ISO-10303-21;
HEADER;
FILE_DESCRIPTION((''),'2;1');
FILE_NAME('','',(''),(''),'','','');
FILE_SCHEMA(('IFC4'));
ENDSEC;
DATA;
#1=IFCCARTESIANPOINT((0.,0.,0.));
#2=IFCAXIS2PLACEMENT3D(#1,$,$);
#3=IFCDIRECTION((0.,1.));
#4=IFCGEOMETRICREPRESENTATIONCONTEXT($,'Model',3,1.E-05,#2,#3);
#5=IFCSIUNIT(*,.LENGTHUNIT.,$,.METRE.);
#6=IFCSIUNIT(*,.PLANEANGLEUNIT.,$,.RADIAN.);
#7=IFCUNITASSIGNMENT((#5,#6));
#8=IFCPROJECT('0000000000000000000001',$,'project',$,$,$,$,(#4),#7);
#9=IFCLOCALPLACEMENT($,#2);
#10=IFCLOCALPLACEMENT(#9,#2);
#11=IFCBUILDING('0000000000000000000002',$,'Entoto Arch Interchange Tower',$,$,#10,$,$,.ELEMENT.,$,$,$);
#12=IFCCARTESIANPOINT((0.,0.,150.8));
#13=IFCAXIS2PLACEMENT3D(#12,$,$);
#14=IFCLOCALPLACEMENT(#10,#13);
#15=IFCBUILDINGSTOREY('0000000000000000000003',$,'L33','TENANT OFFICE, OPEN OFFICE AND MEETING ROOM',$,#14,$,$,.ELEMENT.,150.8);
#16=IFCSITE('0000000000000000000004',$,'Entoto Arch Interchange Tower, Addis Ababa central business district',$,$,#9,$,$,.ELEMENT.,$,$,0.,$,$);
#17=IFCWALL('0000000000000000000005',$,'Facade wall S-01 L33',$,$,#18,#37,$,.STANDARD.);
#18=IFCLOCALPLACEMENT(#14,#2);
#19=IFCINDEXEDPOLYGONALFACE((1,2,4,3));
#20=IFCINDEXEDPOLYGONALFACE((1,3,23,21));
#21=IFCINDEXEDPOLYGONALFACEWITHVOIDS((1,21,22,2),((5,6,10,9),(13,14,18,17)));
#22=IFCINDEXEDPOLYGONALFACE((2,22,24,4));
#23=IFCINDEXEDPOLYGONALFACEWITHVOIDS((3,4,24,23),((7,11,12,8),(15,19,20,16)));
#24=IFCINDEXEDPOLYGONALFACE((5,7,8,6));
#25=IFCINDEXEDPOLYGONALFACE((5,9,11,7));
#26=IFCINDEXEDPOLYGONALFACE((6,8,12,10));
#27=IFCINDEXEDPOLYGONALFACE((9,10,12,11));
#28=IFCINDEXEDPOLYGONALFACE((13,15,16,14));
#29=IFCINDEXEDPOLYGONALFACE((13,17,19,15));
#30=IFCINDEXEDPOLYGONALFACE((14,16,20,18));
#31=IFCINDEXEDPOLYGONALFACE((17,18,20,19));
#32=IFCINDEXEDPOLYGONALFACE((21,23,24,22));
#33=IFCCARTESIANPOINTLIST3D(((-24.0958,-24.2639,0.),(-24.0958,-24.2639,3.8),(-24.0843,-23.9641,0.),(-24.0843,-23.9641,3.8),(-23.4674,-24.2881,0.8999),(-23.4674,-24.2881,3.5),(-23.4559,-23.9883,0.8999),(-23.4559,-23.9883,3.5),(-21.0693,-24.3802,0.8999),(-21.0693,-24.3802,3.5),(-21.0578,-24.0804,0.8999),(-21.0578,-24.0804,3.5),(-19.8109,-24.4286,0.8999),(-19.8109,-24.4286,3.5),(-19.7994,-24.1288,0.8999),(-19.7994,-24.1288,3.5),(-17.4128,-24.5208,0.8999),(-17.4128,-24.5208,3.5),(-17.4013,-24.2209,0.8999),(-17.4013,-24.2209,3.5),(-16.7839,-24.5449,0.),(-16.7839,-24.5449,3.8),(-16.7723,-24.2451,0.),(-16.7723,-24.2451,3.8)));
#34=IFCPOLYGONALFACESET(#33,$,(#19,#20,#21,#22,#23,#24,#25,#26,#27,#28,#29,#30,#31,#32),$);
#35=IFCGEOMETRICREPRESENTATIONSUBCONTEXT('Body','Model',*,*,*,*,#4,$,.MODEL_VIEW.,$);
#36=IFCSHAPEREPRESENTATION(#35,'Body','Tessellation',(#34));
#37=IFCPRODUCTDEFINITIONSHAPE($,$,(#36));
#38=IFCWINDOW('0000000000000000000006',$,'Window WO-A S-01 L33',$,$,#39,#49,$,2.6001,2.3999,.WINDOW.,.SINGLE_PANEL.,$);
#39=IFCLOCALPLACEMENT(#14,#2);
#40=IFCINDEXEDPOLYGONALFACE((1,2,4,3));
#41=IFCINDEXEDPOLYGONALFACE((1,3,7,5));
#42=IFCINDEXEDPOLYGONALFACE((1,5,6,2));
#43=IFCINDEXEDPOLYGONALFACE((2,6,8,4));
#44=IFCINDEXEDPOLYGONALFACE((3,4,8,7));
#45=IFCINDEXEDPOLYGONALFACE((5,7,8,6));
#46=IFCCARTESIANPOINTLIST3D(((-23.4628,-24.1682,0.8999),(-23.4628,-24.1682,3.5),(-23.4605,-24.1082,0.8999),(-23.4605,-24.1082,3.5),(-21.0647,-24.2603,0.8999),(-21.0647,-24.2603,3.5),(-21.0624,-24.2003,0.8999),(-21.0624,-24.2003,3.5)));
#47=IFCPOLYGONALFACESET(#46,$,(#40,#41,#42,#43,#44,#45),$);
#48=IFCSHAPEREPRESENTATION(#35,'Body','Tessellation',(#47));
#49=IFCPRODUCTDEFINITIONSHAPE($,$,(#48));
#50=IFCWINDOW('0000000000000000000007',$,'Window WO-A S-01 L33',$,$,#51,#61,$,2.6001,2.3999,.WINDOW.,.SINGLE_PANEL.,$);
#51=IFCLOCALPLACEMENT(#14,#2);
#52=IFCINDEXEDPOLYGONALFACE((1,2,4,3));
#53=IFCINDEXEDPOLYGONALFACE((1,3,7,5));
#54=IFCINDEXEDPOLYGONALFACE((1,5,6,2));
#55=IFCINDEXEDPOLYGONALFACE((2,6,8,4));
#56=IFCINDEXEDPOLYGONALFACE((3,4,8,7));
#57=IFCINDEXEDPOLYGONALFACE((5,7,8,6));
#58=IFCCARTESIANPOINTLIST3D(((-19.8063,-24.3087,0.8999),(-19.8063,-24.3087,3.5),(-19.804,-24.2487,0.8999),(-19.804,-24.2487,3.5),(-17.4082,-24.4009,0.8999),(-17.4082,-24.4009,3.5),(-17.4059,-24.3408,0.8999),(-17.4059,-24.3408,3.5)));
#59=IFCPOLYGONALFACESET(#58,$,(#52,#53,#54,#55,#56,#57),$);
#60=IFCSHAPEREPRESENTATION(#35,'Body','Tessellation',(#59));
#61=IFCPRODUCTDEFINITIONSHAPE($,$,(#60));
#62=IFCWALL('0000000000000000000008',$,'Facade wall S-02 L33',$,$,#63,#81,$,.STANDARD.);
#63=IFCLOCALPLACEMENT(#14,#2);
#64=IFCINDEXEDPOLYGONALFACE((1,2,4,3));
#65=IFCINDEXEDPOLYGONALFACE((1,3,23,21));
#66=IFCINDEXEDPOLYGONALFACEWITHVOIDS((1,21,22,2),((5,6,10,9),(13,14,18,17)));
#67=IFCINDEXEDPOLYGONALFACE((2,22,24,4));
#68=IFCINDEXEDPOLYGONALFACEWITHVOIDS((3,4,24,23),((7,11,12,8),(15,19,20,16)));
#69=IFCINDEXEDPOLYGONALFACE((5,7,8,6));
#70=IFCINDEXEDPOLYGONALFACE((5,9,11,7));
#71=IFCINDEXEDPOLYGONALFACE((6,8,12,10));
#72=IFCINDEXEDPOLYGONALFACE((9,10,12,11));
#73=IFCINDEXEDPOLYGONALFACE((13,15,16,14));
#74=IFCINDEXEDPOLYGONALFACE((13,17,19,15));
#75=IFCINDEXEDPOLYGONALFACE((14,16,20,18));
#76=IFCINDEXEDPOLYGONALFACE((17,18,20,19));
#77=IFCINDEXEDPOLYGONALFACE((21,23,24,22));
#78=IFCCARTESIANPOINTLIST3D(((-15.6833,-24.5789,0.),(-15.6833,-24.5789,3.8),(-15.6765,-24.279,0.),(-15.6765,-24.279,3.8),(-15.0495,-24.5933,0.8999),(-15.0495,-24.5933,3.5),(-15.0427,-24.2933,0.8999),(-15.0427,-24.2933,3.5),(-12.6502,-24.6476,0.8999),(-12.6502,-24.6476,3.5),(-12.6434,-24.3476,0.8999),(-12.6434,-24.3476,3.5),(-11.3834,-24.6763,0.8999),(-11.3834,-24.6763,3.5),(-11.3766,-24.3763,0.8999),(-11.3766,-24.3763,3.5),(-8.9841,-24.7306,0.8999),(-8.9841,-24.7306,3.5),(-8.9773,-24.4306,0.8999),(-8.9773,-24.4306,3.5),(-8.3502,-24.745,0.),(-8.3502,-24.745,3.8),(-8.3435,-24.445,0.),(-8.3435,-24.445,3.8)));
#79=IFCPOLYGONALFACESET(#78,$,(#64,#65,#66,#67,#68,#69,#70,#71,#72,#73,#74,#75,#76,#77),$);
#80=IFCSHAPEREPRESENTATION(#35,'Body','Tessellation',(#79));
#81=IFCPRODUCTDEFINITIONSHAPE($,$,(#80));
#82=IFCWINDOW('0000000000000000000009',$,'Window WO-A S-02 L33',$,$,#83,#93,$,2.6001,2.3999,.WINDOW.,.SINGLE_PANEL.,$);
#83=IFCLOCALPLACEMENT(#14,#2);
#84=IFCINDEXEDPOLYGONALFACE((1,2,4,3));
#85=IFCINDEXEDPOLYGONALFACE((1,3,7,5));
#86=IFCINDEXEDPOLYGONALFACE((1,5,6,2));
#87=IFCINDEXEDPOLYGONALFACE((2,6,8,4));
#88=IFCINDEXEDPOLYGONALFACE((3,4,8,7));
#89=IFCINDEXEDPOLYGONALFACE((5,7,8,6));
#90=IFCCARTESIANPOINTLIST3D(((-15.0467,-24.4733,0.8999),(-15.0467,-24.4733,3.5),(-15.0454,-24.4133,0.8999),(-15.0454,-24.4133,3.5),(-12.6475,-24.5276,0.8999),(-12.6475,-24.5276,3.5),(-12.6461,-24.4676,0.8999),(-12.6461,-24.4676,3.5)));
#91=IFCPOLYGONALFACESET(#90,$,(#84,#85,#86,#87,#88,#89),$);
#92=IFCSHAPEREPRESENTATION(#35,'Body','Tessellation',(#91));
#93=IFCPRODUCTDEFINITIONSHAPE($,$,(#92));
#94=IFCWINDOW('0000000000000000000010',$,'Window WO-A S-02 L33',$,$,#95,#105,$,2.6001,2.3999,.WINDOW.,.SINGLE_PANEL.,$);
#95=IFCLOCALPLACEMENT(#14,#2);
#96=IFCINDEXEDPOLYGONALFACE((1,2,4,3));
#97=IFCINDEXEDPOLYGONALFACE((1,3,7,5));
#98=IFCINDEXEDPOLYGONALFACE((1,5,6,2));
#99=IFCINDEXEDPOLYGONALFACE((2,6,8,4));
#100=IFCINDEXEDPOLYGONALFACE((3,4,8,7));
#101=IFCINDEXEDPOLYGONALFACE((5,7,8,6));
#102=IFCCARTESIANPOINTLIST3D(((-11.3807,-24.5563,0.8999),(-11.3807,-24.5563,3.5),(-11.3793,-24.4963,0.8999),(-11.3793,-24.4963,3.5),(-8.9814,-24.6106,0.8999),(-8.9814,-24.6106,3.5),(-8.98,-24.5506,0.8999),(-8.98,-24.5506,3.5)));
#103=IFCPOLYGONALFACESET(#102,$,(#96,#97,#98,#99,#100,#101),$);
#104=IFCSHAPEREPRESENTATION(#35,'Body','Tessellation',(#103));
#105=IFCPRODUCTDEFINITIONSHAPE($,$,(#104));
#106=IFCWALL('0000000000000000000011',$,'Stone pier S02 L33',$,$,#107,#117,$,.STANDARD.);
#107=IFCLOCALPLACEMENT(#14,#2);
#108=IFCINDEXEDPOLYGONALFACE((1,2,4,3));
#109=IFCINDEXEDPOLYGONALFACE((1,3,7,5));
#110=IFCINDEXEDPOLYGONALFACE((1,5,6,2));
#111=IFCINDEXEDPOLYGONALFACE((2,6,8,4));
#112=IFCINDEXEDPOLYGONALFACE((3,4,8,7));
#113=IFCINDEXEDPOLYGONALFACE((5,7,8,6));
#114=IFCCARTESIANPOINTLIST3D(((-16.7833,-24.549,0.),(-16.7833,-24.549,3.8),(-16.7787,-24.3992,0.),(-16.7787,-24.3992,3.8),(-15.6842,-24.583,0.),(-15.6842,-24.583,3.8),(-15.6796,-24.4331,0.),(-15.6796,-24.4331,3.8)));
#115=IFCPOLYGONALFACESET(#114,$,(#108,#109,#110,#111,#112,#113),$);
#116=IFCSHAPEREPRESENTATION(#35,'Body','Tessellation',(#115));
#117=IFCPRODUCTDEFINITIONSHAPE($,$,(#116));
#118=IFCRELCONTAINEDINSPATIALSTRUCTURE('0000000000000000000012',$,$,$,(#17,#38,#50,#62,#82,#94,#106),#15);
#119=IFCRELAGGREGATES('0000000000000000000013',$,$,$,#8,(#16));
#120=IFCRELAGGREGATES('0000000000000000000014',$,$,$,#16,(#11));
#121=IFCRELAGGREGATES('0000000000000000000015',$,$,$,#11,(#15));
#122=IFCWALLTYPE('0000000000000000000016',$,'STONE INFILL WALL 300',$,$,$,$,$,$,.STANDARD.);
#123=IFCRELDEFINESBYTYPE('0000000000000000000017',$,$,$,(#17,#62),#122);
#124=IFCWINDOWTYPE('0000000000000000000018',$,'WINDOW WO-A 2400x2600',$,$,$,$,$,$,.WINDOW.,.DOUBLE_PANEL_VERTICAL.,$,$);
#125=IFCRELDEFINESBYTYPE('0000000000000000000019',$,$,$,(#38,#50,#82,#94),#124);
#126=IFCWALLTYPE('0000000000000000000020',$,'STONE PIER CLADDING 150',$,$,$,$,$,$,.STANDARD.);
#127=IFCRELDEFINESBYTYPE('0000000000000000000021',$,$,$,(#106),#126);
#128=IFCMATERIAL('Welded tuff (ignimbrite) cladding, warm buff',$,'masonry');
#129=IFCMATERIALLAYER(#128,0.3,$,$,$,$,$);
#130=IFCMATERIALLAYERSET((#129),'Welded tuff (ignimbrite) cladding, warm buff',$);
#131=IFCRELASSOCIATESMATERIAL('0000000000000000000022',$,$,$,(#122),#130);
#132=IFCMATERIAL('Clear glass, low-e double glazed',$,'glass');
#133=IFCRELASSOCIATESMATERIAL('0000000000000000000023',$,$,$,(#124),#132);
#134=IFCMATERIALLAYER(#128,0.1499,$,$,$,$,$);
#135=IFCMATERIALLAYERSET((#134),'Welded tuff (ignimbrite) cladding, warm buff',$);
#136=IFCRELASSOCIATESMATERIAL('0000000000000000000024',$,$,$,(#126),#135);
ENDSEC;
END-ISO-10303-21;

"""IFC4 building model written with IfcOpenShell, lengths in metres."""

from ifc_helpers import new_model, si_unit, direction, frame, frame_2d, origin, place, context, subcontext, project, spatial, rectangle, extrude, material, layer, layer_set, type_object, element, fill, save


model = new_model("IFC4")

# Units and contexts
model_context = context("Model", 3, precision=1e-05, world=origin(), true_north=direction((0.0, 1.0)))
body_context = subcontext(model_context, "Body", "Model", "MODEL_VIEW")
ifc_project = project(units=[si_unit("LENGTHUNIT", "METRE"), si_unit("PLANEANGLEUNIT", "RADIAN")], contexts=[model_context])

# Site, building, storey
site_placement = place(None, origin())
site = spatial("IfcSite", under=ifc_project, at=site_placement, Name="Entoto Arch Interchange Tower, Addis Ababa central business district", CompositionType="ELEMENT", RefElevation=0.0)
building_placement = place(site_placement, origin())
building = spatial("IfcBuilding", under=site, at=building_placement, Name="Entoto Arch Interchange Tower", CompositionType="ELEMENT")
storey_placement = place(building_placement, frame((0.0, 0.0, 150.8)))
storey = spatial("IfcBuildingStorey", under=building, at=storey_placement, Name="L33", Description="TENANT OFFICE, OPEN OFFICE AND MEETING ROOM", CompositionType="ELEMENT", Elevation=150.8)

# Walls, openings, windows
ifc_material_1 = material(Name="Welded tuff (ignimbrite) cladding, warm buff", Category="masonry")
ifc_layer_1 = layer(ifc_material_1, 0.3)
ifc_layer_set_1 = layer_set([ifc_layer_1], Name="Welded tuff (ignimbrite) cladding, warm buff")
wall_type_1 = type_object("IfcWallType", Name="STONE INFILL WALL 300", PredefinedType="STANDARD", material=ifc_layer_set_1)
wall_1_placement = place(storey_placement, frame((-24.0901, -24.114, 0.0), z_axis=(0.0, 0.0, 1.0), x_axis=(0.999262, -0.038402, 0.0)))
wall_1 = element("IfcWall", 1, at=wall_1_placement, inside=storey, type_object=wall_type_1, Name="Facade wall S-01 L33", PredefinedType="STANDARD", context=body_context, shape_type="SweptSolid", body=[
    extrude(rectangle(XDim=7.3174, YDim=0.3, at=frame_2d((3.6587, 0.0))), origin(), (0.0, 0.0, 1.0), 3.8),
])
opening_1_placement = place(wall_1_placement, frame((0.6289, 0.0, 0.8999)))
opening_1 = element("IfcOpeningElement", 2, at=opening_1_placement, cuts=wall_1, PredefinedType="OPENING", context=body_context, shape_type="SweptSolid", body=[
    extrude(rectangle(XDim=2.3999, YDim=2.6001, at=frame_2d((1.2, 1.3))), frame((0.0, 0.1602, 0.0), z_axis=(0.0, -1.0, 0.0), x_axis=(1.0, 0.0, 0.0)), (0.0, 0.0, 1.0), 0.3201),
])
opening_2_placement = place(wall_1_placement, frame((4.2881, 0.0, 0.8999)))
opening_2 = element("IfcOpeningElement", 3, at=opening_2_placement, cuts=wall_1, PredefinedType="OPENING", context=body_context, shape_type="SweptSolid", body=[
    extrude(rectangle(XDim=2.3999, YDim=2.6001, at=frame_2d((1.2, 1.3))), frame((0.0, 0.1602, 0.0), z_axis=(0.0, -1.0, 0.0), x_axis=(1.0, 0.0, 0.0)), (0.0, 0.0, 1.0), 0.3201),
])
ifc_material_2 = material(Name="Clear glass, low-e double glazed", Category="glass")
window_type = type_object("IfcWindowType", Name="WINDOW WO-A 2400x2600", PartitioningType="DOUBLE_PANEL_VERTICAL", PredefinedType="WINDOW", material=ifc_material_2)
window_1_placement = place(opening_1_placement, origin())
window_1 = element("IfcWindow", 4, at=window_1_placement, inside=storey, type_object=window_type, Name="Window WO-A S-01 L33", OverallHeight=2.6001, OverallWidth=2.3999, PartitioningType="SINGLE_PANEL", PredefinedType="WINDOW", context=body_context, shape_type="SweptSolid", body=[
    extrude(rectangle(XDim=2.3999, YDim=2.6001, at=frame_2d((1.2, 1.3))), frame((0.0, 0.03, 0.0), z_axis=(0.0, -1.0, 0.0), x_axis=(1.0, 0.0, 0.0)), (0.0, 0.0, 1.0), 0.0601),
])
fill(opening_1, window_1)
window_2_placement = place(opening_2_placement, origin())
window_2 = element("IfcWindow", 5, at=window_2_placement, inside=storey, type_object=window_type, Name="Window WO-A S-01 L33", OverallHeight=2.6001, OverallWidth=2.3999, PartitioningType="SINGLE_PANEL", PredefinedType="WINDOW", context=body_context, shape_type="SweptSolid", body=[
    extrude(rectangle(XDim=2.3999, YDim=2.6001, at=frame_2d((1.2, 1.3))), frame((0.0, 0.03, 0.0), z_axis=(0.0, -1.0, 0.0), x_axis=(1.0, 0.0, 0.0)), (0.0, 0.0, 1.0), 0.0601),
])
fill(opening_2, window_2)
wall_2_placement = place(storey_placement, frame((-15.6799, -24.429, 0.0), z_axis=(0.0, 0.0, 1.0), x_axis=(0.999744, -0.022634, 0.0)))
wall_2 = element("IfcWall", 6, at=wall_2_placement, inside=storey, type_object=wall_type_1, Name="Facade wall S-02 L33", PredefinedType="STANDARD", context=body_context, shape_type="SweptSolid", body=[
    extrude(rectangle(XDim=7.335, YDim=0.3, at=frame_2d((3.6675, 0.0))), origin(), (0.0, 0.0, 1.0), 3.8),
])
opening_3_placement = place(wall_2_placement, frame((0.634, 0.0, 0.8999)))
opening_3 = element("IfcOpeningElement", 7, at=opening_3_placement, cuts=wall_2, PredefinedType="OPENING", context=body_context, shape_type="SweptSolid", body=[
    extrude(rectangle(XDim=2.3999, YDim=2.6001, at=frame_2d((1.2, 1.3))), frame((0.0, 0.1602, 0.0), z_axis=(0.0, -1.0, 0.0), x_axis=(1.0, 0.0, 0.0)), (0.0, 0.0, 1.0), 0.3201),
])
opening_4_placement = place(wall_2_placement, frame((4.301, 0.0, 0.8999)))
opening_4 = element("IfcOpeningElement", 8, at=opening_4_placement, cuts=wall_2, PredefinedType="OPENING", context=body_context, shape_type="SweptSolid", body=[
    extrude(rectangle(XDim=2.3999, YDim=2.6001, at=frame_2d((1.2, 1.3))), frame((0.0, 0.1602, 0.0), z_axis=(0.0, -1.0, 0.0), x_axis=(1.0, 0.0, 0.0)), (0.0, 0.0, 1.0), 0.3201),
])
window_3_placement = place(opening_3_placement, origin())
window_3 = element("IfcWindow", 9, at=window_3_placement, inside=storey, type_object=window_type, Name="Window WO-A S-02 L33", OverallHeight=2.6001, OverallWidth=2.3999, PartitioningType="SINGLE_PANEL", PredefinedType="WINDOW", context=body_context, shape_type="SweptSolid", body=[
    extrude(rectangle(XDim=2.3999, YDim=2.6001, at=frame_2d((1.2, 1.3))), frame((0.0, 0.03, 0.0), z_axis=(0.0, -1.0, 0.0), x_axis=(1.0, 0.0, 0.0)), (0.0, 0.0, 1.0), 0.0601),
])
fill(opening_3, window_3)
window_4_placement = place(opening_4_placement, origin())
window_4 = element("IfcWindow", 10, at=window_4_placement, inside=storey, type_object=window_type, Name="Window WO-A S-02 L33", OverallHeight=2.6001, OverallWidth=2.3999, PartitioningType="SINGLE_PANEL", PredefinedType="WINDOW", context=body_context, shape_type="SweptSolid", body=[
    extrude(rectangle(XDim=2.3999, YDim=2.6001, at=frame_2d((1.2, 1.3))), frame((0.0, 0.03, 0.0), z_axis=(0.0, -1.0, 0.0), x_axis=(1.0, 0.0, 0.0)), (0.0, 0.0, 1.0), 0.0601),
])
fill(opening_4, window_4)

# Wall
ifc_layer_2 = layer(ifc_material_1, 0.1499)
ifc_layer_set_2 = layer_set([ifc_layer_2], Name="Welded tuff (ignimbrite) cladding, warm buff")
wall_type_2 = type_object("IfcWallType", Name="STONE PIER CLADDING 150", PredefinedType="STANDARD", material=ifc_layer_set_2)
wall_3_placement = place(storey_placement, frame((-16.781, -24.4741, 0.0), z_axis=(0.0, 0.0, 1.0), x_axis=(0.999524, -0.03086, 0.0)))
element("IfcWall", 11, at=wall_3_placement, inside=storey, type_object=wall_type_2, Name="Stone pier S02 L33", PredefinedType="STANDARD", context=body_context, shape_type="SweptSolid", body=[
    extrude(rectangle(XDim=1.0996, YDim=0.1499, at=frame_2d((0.5498, 0.0))), origin(), (0.0, 0.0, 1.0), 3.8),
])

save(model, "model.ifc")
